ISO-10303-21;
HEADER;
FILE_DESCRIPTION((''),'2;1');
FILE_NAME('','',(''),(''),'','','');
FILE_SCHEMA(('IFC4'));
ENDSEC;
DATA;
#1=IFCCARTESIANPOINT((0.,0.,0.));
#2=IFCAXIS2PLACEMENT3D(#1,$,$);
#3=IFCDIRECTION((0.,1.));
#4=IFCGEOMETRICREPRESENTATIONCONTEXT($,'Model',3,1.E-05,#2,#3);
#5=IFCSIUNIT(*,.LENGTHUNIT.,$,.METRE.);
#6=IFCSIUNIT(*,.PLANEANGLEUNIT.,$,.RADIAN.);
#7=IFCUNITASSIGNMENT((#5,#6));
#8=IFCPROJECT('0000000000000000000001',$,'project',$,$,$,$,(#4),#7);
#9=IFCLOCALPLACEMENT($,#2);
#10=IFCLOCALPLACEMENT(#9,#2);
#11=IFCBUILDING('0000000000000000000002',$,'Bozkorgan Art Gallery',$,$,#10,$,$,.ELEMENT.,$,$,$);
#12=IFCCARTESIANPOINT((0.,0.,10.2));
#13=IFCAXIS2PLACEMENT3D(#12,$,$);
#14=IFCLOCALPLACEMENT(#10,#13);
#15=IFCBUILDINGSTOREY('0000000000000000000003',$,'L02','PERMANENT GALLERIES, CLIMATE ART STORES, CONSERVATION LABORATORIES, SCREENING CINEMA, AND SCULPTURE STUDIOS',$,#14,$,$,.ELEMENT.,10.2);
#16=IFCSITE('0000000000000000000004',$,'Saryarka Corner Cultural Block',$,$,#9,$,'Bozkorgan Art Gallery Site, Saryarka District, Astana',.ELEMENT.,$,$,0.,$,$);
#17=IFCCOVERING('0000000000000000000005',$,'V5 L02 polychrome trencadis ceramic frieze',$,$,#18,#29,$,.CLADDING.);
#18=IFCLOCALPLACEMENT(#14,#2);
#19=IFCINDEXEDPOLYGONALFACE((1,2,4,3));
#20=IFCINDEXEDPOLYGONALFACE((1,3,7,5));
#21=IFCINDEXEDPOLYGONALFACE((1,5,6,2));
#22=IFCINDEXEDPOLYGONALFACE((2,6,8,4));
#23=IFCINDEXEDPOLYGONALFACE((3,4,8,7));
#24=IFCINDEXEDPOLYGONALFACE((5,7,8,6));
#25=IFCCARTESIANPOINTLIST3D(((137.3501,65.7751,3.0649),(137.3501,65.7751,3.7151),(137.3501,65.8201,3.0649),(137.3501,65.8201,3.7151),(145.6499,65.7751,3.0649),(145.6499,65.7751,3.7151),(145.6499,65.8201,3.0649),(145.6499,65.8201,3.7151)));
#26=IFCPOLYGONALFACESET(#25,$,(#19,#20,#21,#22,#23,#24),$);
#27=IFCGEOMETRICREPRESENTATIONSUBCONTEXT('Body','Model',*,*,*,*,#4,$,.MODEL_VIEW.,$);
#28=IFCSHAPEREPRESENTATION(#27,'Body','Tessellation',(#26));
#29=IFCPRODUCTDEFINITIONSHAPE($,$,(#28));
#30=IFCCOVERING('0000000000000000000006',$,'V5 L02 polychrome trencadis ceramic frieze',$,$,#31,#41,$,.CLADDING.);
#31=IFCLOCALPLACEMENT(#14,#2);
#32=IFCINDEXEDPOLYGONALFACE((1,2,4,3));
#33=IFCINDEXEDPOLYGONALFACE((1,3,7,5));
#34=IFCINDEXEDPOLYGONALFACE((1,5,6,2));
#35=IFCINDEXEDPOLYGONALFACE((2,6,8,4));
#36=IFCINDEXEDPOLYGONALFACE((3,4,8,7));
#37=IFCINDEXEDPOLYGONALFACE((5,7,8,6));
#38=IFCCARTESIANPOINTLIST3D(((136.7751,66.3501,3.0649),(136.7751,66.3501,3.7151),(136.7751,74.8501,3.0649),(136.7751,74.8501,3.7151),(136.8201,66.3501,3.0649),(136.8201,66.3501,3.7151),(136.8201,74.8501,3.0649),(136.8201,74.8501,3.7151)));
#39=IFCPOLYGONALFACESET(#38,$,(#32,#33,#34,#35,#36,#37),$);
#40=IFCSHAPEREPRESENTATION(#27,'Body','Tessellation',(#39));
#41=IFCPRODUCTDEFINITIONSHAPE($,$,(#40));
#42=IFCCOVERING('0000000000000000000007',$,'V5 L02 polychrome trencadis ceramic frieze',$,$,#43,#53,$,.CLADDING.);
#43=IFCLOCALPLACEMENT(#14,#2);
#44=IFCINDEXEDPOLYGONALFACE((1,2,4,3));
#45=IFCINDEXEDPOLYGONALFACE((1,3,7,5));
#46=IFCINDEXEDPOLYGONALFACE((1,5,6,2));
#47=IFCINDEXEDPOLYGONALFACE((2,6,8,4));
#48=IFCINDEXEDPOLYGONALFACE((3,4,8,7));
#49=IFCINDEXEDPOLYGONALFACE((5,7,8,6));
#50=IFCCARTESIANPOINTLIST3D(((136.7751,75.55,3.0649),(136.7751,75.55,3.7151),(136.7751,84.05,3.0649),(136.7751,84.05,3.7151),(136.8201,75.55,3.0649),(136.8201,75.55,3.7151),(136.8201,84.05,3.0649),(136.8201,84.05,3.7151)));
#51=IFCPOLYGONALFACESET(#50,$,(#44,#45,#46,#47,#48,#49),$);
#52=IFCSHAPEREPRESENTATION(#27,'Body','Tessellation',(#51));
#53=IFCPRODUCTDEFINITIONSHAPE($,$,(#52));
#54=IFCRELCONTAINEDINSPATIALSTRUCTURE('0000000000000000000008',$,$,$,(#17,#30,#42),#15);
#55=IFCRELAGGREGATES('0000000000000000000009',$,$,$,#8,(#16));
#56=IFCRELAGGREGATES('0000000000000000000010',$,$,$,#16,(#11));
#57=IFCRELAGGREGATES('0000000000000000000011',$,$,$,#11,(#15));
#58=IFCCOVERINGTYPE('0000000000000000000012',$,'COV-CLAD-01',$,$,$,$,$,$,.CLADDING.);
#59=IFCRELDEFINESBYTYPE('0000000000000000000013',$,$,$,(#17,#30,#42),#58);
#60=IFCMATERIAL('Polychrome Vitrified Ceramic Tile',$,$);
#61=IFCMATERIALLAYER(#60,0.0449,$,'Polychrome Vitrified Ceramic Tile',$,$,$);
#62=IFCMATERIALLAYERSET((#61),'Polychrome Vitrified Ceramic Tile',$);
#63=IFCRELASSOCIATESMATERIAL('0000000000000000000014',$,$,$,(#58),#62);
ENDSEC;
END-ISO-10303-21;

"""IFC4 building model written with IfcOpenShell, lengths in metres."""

from ifc_helpers import new_model, si_unit, direction, frame, frame_2d, origin, place, context, subcontext, project, spatial, rectangle, extrude, material, layer, layer_set, type_object, element, save


model = new_model("IFC4")

# Units and contexts
model_context = context("Model", 3, precision=1e-05, world=origin(), true_north=direction((0.0, 1.0)))
body_context = subcontext(model_context, "Body", "Model", "MODEL_VIEW")
ifc_project = project(units=[si_unit("LENGTHUNIT", "METRE"), si_unit("PLANEANGLEUNIT", "RADIAN")], contexts=[model_context])

# Site, building, storey
site_placement = place(None, origin())
site = spatial("IfcSite", under=ifc_project, at=site_placement, Name="Saryarka Corner Cultural Block", LongName="Bozkorgan Art Gallery Site, Saryarka District, Astana", CompositionType="ELEMENT", RefElevation=0.0)
building_placement = place(site_placement, origin())
building = spatial("IfcBuilding", under=site, at=building_placement, Name="Bozkorgan Art Gallery", CompositionType="ELEMENT")
storey_placement = place(building_placement, frame((0.0, 0.0, 10.2)))
storey = spatial("IfcBuildingStorey", under=building, at=storey_placement, Name="L02", Description="PERMANENT GALLERIES, CLIMATE ART STORES, CONSERVATION LABORATORIES, SCREENING CINEMA, AND SCULPTURE STUDIOS", CompositionType="ELEMENT", Elevation=10.2)

# Coverings
ifc_material_1 = material(Name="Polychrome Vitrified Ceramic Tile")
ifc_layer_1 = layer(ifc_material_1, 0.0449, Name="Polychrome Vitrified Ceramic Tile")
ifc_layer_set_1 = layer_set([ifc_layer_1], Name="Polychrome Vitrified Ceramic Tile")
covering_type = type_object("IfcCoveringType", Name="COV-CLAD-01", PredefinedType="CLADDING", material=ifc_layer_set_1)
covering_placement = place(storey_placement, frame((137.3501, 65.7976, 3.0649), z_axis=(0.0, 0.0, 1.0), x_axis=(1.0, 0.0, 0.0)))
element("IfcCovering", 1, at=covering_placement, inside=storey, type_object=covering_type, Name="V5 L02 polychrome trencadis ceramic frieze", PredefinedType="CLADDING", context=body_context, shape_type="SweptSolid", body=[
    extrude(rectangle(XDim=8.2998, YDim=0.0449, at=frame_2d((4.1499, 0.0))), origin(), (0.0, 0.0, 1.0), 0.6501),
])
for number, where, z_axis, x_axis, name in (
    (2, (136.7976, 66.3501, 3.0649), (0.0, 0.0, 1.0), (0.0, 1.0, 0.0), "V5 L02 polychrome trencadis ceramic frieze"),
    (3, (136.7976, 75.55, 3.0649), (0.0, 0.0, 1.0), (0.0, 1.0, 0.0), "V5 L02 polychrome trencadis ceramic frieze"),
):
    element("IfcCovering", number, at=place(storey_placement, frame(where, z_axis=z_axis, x_axis=x_axis)), inside=storey, type_object=covering_type, Name=name, PredefinedType="CLADDING", context=body_context, shape_type="SweptSolid", body=[
        extrude(rectangle(XDim=8.5, YDim=0.0449, at=frame_2d((4.25, 0.0))), origin(), (0.0, 0.0, 1.0), 0.6501),
    ])

save(model, "model.ifc")
